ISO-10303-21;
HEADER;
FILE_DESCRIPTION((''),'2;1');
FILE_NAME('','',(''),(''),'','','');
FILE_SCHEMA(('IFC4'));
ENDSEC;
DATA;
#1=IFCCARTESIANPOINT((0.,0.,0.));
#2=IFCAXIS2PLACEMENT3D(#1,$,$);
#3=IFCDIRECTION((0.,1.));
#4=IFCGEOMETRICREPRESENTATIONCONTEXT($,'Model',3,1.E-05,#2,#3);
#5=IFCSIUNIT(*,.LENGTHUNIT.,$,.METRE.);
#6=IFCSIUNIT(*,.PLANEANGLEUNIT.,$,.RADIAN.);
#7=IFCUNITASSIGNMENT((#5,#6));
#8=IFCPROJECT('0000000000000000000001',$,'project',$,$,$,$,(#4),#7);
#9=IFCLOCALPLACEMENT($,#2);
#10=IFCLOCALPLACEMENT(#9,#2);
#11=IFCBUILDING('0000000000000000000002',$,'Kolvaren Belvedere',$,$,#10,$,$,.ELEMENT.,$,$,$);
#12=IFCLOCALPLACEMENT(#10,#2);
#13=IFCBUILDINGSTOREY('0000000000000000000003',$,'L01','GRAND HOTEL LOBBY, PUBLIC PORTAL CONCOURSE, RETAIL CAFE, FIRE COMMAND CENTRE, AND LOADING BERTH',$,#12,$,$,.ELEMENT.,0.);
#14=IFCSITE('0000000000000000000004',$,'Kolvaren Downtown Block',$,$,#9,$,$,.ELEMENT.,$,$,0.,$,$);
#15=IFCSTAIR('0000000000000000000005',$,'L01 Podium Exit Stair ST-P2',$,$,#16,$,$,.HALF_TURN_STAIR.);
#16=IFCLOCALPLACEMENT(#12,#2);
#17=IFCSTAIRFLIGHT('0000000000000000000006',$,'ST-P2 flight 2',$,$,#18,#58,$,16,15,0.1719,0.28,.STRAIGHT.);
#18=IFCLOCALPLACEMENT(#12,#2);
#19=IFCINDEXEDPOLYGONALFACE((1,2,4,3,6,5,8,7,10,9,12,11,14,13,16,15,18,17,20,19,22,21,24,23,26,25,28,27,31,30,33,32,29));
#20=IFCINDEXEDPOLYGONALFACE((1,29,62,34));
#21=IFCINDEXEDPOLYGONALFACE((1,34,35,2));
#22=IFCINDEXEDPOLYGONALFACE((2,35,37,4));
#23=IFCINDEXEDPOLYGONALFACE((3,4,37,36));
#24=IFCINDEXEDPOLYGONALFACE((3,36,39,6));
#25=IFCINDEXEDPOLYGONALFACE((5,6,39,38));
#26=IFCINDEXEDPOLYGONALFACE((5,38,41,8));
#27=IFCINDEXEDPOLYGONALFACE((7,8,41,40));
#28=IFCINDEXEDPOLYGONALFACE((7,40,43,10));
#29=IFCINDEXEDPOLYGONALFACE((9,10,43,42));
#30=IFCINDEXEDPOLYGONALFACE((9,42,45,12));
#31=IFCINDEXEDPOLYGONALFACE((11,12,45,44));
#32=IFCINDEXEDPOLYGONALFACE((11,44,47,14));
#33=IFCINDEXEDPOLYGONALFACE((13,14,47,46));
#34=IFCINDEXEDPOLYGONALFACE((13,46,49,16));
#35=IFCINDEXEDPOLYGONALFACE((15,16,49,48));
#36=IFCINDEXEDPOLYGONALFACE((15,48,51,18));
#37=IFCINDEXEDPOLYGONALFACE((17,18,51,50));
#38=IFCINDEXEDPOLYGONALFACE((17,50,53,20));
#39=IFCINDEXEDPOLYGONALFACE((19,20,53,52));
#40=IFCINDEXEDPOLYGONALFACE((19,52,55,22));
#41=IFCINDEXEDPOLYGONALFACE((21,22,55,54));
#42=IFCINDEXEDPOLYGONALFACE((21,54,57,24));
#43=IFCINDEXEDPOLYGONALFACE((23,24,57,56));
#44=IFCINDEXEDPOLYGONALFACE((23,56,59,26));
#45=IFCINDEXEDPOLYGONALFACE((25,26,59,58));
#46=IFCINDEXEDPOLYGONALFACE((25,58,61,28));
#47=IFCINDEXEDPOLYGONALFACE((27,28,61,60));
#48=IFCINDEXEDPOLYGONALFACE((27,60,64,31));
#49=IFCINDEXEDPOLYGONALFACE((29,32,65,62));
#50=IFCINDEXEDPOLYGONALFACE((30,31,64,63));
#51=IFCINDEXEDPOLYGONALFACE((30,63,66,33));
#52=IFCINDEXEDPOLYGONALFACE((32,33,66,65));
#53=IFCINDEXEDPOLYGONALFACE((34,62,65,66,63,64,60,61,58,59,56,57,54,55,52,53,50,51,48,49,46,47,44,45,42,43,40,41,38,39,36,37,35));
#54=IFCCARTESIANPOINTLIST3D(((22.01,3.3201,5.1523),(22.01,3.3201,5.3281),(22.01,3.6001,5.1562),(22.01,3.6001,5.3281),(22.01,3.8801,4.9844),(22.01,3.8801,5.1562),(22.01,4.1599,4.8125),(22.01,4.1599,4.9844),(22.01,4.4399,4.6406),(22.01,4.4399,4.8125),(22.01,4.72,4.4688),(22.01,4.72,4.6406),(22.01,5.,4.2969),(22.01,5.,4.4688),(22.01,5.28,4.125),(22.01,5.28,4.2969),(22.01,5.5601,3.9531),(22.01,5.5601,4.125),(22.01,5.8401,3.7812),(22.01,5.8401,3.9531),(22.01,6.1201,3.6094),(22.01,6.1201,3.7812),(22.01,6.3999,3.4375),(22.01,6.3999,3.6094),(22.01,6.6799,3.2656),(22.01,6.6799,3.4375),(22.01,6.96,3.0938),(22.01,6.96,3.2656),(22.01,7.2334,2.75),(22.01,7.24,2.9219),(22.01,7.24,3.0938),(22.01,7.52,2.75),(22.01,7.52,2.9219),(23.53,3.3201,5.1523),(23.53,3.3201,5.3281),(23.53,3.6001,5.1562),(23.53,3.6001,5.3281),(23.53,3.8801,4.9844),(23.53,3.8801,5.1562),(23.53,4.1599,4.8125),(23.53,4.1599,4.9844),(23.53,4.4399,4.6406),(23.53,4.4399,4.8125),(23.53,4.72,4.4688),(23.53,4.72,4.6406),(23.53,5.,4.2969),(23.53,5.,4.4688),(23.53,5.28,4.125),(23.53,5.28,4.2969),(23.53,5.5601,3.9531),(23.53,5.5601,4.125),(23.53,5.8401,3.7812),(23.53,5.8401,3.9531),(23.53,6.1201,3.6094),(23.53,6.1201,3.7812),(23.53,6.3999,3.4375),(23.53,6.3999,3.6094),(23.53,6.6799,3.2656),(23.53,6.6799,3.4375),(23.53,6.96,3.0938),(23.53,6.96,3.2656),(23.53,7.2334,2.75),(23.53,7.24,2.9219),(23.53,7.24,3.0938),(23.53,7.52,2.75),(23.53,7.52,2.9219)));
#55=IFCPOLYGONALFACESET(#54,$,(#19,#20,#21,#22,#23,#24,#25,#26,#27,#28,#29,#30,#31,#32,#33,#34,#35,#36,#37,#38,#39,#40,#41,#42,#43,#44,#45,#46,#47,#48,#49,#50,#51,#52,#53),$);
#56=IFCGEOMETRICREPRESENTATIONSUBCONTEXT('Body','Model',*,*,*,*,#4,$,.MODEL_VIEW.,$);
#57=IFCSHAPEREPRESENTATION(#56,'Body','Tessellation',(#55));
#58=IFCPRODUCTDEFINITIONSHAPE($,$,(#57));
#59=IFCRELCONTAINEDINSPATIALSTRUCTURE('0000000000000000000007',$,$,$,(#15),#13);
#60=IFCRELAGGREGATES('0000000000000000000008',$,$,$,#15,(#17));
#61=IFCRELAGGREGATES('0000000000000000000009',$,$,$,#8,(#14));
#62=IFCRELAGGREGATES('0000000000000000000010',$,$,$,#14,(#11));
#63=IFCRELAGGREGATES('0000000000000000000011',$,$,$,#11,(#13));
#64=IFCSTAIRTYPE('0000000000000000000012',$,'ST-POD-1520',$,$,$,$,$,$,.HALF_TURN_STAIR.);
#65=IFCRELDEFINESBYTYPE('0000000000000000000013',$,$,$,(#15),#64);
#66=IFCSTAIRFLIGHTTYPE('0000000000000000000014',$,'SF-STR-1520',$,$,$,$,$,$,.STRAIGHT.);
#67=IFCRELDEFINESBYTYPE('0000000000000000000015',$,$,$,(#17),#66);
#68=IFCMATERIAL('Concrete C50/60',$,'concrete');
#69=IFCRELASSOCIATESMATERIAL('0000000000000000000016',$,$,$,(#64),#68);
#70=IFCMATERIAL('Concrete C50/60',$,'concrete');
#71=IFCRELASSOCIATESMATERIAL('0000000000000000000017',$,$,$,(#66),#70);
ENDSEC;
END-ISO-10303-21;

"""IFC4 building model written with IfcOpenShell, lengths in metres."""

from ifc_helpers import new_model, si_unit, direction, frame, origin, place, context, subcontext, project, spatial, polyline, outline, extrude, material, type_object, element, aggregate, save


model = new_model("IFC4")

# Units and contexts
model_context = context("Model", 3, precision=1e-05, world=origin(), true_north=direction((0.0, 1.0)))
body_context = subcontext(model_context, "Body", "Model", "MODEL_VIEW")
ifc_project = project(units=[si_unit("LENGTHUNIT", "METRE"), si_unit("PLANEANGLEUNIT", "RADIAN")], contexts=[model_context])

# Site, building, storey
site_placement = place(None, origin())
site = spatial("IfcSite", under=ifc_project, at=site_placement, Name="Kolvaren Downtown Block", CompositionType="ELEMENT", RefElevation=0.0)
building_placement = place(site_placement, origin())
building = spatial("IfcBuilding", under=site, at=building_placement, Name="Kolvaren Belvedere", CompositionType="ELEMENT")
storey_placement = place(building_placement, origin())
storey = spatial("IfcBuildingStorey", under=building, at=storey_placement, Name="L01", Description="GRAND HOTEL LOBBY, PUBLIC PORTAL CONCOURSE, RETAIL CAFE, FIRE COMMAND CENTRE, AND LOADING BERTH", CompositionType="ELEMENT", Elevation=0.0)

# Stair, stair flight
ifc_material_1 = material(Name="Concrete C50/60", Category="concrete")
stair_type = type_object("IfcStairType", Name="ST-POD-1520", PredefinedType="HALF_TURN_STAIR", material=ifc_material_1)
stair_placement = place(storey_placement, origin())
stair = element("IfcStair", 1, at=stair_placement, inside=storey, type_object=stair_type, Name="L01 Podium Exit Stair ST-P2", PredefinedType="HALF_TURN_STAIR")
ifc_material_2 = material(Name="Concrete C50/60", Category="concrete")
stair_flight_type = type_object("IfcStairFlightType", Name="SF-STR-1520", PredefinedType="STRAIGHT", material=ifc_material_2)
stair_flight_1_placement = place(storey_placement, frame((22.77, 7.52, 2.75), z_axis=(0.0, 0.0, 1.0), x_axis=(0.0, -1.0, 0.0)))
stair_flight_1 = element("IfcStairFlight", 2, at=stair_flight_1_placement, type_object=stair_flight_type, Name="ST-P2 flight 2", NumberOfRisers=16, NumberOfTreads=15, PredefinedType="STRAIGHT", RiserHeight=0.1719, TreadLength=0.28, context=body_context, shape_type="SweptSolid", body=[
    extrude(outline(polyline([(0.0, 0.0), (0.0, 0.1719), (0.28, 0.1719), (0.28, 0.3438), (0.5601, 0.3438), (0.5601, 0.5156), (0.8401, 0.5156), (0.8401, 0.6875), (1.1201, 0.6875), (1.1201, 0.8594), (1.3999, 0.8594), (1.3999, 1.0312), (1.6799, 1.0312), (1.6799, 1.2031), (1.96, 1.2031), (1.96, 1.375), (2.24, 1.375), (2.24, 1.5469), (2.52, 1.5469), (2.52, 1.7188), (2.8, 1.7188), (2.8, 1.8906), (3.0801, 1.8906), (3.0801, 2.0625), (3.3601, 2.0625), (3.3601, 2.2344), (3.6399, 2.2344), (3.6399, 2.4062), (3.9199, 2.4062), (3.9199, 2.5781), (4.2, 2.5781), (4.2, 2.75), (4.2, 2.4023), (0.2866, 0.0), (0.0, 0.0)])), frame((0.0, 0.76, 0.0), z_axis=(0.0, -1.0, 0.0), x_axis=(1.0, 0.0, 0.0)), (0.0, 0.0, 1.0), 1.52),
])
aggregate(stair, [stair_flight_1])

save(model, "model.ifc")
